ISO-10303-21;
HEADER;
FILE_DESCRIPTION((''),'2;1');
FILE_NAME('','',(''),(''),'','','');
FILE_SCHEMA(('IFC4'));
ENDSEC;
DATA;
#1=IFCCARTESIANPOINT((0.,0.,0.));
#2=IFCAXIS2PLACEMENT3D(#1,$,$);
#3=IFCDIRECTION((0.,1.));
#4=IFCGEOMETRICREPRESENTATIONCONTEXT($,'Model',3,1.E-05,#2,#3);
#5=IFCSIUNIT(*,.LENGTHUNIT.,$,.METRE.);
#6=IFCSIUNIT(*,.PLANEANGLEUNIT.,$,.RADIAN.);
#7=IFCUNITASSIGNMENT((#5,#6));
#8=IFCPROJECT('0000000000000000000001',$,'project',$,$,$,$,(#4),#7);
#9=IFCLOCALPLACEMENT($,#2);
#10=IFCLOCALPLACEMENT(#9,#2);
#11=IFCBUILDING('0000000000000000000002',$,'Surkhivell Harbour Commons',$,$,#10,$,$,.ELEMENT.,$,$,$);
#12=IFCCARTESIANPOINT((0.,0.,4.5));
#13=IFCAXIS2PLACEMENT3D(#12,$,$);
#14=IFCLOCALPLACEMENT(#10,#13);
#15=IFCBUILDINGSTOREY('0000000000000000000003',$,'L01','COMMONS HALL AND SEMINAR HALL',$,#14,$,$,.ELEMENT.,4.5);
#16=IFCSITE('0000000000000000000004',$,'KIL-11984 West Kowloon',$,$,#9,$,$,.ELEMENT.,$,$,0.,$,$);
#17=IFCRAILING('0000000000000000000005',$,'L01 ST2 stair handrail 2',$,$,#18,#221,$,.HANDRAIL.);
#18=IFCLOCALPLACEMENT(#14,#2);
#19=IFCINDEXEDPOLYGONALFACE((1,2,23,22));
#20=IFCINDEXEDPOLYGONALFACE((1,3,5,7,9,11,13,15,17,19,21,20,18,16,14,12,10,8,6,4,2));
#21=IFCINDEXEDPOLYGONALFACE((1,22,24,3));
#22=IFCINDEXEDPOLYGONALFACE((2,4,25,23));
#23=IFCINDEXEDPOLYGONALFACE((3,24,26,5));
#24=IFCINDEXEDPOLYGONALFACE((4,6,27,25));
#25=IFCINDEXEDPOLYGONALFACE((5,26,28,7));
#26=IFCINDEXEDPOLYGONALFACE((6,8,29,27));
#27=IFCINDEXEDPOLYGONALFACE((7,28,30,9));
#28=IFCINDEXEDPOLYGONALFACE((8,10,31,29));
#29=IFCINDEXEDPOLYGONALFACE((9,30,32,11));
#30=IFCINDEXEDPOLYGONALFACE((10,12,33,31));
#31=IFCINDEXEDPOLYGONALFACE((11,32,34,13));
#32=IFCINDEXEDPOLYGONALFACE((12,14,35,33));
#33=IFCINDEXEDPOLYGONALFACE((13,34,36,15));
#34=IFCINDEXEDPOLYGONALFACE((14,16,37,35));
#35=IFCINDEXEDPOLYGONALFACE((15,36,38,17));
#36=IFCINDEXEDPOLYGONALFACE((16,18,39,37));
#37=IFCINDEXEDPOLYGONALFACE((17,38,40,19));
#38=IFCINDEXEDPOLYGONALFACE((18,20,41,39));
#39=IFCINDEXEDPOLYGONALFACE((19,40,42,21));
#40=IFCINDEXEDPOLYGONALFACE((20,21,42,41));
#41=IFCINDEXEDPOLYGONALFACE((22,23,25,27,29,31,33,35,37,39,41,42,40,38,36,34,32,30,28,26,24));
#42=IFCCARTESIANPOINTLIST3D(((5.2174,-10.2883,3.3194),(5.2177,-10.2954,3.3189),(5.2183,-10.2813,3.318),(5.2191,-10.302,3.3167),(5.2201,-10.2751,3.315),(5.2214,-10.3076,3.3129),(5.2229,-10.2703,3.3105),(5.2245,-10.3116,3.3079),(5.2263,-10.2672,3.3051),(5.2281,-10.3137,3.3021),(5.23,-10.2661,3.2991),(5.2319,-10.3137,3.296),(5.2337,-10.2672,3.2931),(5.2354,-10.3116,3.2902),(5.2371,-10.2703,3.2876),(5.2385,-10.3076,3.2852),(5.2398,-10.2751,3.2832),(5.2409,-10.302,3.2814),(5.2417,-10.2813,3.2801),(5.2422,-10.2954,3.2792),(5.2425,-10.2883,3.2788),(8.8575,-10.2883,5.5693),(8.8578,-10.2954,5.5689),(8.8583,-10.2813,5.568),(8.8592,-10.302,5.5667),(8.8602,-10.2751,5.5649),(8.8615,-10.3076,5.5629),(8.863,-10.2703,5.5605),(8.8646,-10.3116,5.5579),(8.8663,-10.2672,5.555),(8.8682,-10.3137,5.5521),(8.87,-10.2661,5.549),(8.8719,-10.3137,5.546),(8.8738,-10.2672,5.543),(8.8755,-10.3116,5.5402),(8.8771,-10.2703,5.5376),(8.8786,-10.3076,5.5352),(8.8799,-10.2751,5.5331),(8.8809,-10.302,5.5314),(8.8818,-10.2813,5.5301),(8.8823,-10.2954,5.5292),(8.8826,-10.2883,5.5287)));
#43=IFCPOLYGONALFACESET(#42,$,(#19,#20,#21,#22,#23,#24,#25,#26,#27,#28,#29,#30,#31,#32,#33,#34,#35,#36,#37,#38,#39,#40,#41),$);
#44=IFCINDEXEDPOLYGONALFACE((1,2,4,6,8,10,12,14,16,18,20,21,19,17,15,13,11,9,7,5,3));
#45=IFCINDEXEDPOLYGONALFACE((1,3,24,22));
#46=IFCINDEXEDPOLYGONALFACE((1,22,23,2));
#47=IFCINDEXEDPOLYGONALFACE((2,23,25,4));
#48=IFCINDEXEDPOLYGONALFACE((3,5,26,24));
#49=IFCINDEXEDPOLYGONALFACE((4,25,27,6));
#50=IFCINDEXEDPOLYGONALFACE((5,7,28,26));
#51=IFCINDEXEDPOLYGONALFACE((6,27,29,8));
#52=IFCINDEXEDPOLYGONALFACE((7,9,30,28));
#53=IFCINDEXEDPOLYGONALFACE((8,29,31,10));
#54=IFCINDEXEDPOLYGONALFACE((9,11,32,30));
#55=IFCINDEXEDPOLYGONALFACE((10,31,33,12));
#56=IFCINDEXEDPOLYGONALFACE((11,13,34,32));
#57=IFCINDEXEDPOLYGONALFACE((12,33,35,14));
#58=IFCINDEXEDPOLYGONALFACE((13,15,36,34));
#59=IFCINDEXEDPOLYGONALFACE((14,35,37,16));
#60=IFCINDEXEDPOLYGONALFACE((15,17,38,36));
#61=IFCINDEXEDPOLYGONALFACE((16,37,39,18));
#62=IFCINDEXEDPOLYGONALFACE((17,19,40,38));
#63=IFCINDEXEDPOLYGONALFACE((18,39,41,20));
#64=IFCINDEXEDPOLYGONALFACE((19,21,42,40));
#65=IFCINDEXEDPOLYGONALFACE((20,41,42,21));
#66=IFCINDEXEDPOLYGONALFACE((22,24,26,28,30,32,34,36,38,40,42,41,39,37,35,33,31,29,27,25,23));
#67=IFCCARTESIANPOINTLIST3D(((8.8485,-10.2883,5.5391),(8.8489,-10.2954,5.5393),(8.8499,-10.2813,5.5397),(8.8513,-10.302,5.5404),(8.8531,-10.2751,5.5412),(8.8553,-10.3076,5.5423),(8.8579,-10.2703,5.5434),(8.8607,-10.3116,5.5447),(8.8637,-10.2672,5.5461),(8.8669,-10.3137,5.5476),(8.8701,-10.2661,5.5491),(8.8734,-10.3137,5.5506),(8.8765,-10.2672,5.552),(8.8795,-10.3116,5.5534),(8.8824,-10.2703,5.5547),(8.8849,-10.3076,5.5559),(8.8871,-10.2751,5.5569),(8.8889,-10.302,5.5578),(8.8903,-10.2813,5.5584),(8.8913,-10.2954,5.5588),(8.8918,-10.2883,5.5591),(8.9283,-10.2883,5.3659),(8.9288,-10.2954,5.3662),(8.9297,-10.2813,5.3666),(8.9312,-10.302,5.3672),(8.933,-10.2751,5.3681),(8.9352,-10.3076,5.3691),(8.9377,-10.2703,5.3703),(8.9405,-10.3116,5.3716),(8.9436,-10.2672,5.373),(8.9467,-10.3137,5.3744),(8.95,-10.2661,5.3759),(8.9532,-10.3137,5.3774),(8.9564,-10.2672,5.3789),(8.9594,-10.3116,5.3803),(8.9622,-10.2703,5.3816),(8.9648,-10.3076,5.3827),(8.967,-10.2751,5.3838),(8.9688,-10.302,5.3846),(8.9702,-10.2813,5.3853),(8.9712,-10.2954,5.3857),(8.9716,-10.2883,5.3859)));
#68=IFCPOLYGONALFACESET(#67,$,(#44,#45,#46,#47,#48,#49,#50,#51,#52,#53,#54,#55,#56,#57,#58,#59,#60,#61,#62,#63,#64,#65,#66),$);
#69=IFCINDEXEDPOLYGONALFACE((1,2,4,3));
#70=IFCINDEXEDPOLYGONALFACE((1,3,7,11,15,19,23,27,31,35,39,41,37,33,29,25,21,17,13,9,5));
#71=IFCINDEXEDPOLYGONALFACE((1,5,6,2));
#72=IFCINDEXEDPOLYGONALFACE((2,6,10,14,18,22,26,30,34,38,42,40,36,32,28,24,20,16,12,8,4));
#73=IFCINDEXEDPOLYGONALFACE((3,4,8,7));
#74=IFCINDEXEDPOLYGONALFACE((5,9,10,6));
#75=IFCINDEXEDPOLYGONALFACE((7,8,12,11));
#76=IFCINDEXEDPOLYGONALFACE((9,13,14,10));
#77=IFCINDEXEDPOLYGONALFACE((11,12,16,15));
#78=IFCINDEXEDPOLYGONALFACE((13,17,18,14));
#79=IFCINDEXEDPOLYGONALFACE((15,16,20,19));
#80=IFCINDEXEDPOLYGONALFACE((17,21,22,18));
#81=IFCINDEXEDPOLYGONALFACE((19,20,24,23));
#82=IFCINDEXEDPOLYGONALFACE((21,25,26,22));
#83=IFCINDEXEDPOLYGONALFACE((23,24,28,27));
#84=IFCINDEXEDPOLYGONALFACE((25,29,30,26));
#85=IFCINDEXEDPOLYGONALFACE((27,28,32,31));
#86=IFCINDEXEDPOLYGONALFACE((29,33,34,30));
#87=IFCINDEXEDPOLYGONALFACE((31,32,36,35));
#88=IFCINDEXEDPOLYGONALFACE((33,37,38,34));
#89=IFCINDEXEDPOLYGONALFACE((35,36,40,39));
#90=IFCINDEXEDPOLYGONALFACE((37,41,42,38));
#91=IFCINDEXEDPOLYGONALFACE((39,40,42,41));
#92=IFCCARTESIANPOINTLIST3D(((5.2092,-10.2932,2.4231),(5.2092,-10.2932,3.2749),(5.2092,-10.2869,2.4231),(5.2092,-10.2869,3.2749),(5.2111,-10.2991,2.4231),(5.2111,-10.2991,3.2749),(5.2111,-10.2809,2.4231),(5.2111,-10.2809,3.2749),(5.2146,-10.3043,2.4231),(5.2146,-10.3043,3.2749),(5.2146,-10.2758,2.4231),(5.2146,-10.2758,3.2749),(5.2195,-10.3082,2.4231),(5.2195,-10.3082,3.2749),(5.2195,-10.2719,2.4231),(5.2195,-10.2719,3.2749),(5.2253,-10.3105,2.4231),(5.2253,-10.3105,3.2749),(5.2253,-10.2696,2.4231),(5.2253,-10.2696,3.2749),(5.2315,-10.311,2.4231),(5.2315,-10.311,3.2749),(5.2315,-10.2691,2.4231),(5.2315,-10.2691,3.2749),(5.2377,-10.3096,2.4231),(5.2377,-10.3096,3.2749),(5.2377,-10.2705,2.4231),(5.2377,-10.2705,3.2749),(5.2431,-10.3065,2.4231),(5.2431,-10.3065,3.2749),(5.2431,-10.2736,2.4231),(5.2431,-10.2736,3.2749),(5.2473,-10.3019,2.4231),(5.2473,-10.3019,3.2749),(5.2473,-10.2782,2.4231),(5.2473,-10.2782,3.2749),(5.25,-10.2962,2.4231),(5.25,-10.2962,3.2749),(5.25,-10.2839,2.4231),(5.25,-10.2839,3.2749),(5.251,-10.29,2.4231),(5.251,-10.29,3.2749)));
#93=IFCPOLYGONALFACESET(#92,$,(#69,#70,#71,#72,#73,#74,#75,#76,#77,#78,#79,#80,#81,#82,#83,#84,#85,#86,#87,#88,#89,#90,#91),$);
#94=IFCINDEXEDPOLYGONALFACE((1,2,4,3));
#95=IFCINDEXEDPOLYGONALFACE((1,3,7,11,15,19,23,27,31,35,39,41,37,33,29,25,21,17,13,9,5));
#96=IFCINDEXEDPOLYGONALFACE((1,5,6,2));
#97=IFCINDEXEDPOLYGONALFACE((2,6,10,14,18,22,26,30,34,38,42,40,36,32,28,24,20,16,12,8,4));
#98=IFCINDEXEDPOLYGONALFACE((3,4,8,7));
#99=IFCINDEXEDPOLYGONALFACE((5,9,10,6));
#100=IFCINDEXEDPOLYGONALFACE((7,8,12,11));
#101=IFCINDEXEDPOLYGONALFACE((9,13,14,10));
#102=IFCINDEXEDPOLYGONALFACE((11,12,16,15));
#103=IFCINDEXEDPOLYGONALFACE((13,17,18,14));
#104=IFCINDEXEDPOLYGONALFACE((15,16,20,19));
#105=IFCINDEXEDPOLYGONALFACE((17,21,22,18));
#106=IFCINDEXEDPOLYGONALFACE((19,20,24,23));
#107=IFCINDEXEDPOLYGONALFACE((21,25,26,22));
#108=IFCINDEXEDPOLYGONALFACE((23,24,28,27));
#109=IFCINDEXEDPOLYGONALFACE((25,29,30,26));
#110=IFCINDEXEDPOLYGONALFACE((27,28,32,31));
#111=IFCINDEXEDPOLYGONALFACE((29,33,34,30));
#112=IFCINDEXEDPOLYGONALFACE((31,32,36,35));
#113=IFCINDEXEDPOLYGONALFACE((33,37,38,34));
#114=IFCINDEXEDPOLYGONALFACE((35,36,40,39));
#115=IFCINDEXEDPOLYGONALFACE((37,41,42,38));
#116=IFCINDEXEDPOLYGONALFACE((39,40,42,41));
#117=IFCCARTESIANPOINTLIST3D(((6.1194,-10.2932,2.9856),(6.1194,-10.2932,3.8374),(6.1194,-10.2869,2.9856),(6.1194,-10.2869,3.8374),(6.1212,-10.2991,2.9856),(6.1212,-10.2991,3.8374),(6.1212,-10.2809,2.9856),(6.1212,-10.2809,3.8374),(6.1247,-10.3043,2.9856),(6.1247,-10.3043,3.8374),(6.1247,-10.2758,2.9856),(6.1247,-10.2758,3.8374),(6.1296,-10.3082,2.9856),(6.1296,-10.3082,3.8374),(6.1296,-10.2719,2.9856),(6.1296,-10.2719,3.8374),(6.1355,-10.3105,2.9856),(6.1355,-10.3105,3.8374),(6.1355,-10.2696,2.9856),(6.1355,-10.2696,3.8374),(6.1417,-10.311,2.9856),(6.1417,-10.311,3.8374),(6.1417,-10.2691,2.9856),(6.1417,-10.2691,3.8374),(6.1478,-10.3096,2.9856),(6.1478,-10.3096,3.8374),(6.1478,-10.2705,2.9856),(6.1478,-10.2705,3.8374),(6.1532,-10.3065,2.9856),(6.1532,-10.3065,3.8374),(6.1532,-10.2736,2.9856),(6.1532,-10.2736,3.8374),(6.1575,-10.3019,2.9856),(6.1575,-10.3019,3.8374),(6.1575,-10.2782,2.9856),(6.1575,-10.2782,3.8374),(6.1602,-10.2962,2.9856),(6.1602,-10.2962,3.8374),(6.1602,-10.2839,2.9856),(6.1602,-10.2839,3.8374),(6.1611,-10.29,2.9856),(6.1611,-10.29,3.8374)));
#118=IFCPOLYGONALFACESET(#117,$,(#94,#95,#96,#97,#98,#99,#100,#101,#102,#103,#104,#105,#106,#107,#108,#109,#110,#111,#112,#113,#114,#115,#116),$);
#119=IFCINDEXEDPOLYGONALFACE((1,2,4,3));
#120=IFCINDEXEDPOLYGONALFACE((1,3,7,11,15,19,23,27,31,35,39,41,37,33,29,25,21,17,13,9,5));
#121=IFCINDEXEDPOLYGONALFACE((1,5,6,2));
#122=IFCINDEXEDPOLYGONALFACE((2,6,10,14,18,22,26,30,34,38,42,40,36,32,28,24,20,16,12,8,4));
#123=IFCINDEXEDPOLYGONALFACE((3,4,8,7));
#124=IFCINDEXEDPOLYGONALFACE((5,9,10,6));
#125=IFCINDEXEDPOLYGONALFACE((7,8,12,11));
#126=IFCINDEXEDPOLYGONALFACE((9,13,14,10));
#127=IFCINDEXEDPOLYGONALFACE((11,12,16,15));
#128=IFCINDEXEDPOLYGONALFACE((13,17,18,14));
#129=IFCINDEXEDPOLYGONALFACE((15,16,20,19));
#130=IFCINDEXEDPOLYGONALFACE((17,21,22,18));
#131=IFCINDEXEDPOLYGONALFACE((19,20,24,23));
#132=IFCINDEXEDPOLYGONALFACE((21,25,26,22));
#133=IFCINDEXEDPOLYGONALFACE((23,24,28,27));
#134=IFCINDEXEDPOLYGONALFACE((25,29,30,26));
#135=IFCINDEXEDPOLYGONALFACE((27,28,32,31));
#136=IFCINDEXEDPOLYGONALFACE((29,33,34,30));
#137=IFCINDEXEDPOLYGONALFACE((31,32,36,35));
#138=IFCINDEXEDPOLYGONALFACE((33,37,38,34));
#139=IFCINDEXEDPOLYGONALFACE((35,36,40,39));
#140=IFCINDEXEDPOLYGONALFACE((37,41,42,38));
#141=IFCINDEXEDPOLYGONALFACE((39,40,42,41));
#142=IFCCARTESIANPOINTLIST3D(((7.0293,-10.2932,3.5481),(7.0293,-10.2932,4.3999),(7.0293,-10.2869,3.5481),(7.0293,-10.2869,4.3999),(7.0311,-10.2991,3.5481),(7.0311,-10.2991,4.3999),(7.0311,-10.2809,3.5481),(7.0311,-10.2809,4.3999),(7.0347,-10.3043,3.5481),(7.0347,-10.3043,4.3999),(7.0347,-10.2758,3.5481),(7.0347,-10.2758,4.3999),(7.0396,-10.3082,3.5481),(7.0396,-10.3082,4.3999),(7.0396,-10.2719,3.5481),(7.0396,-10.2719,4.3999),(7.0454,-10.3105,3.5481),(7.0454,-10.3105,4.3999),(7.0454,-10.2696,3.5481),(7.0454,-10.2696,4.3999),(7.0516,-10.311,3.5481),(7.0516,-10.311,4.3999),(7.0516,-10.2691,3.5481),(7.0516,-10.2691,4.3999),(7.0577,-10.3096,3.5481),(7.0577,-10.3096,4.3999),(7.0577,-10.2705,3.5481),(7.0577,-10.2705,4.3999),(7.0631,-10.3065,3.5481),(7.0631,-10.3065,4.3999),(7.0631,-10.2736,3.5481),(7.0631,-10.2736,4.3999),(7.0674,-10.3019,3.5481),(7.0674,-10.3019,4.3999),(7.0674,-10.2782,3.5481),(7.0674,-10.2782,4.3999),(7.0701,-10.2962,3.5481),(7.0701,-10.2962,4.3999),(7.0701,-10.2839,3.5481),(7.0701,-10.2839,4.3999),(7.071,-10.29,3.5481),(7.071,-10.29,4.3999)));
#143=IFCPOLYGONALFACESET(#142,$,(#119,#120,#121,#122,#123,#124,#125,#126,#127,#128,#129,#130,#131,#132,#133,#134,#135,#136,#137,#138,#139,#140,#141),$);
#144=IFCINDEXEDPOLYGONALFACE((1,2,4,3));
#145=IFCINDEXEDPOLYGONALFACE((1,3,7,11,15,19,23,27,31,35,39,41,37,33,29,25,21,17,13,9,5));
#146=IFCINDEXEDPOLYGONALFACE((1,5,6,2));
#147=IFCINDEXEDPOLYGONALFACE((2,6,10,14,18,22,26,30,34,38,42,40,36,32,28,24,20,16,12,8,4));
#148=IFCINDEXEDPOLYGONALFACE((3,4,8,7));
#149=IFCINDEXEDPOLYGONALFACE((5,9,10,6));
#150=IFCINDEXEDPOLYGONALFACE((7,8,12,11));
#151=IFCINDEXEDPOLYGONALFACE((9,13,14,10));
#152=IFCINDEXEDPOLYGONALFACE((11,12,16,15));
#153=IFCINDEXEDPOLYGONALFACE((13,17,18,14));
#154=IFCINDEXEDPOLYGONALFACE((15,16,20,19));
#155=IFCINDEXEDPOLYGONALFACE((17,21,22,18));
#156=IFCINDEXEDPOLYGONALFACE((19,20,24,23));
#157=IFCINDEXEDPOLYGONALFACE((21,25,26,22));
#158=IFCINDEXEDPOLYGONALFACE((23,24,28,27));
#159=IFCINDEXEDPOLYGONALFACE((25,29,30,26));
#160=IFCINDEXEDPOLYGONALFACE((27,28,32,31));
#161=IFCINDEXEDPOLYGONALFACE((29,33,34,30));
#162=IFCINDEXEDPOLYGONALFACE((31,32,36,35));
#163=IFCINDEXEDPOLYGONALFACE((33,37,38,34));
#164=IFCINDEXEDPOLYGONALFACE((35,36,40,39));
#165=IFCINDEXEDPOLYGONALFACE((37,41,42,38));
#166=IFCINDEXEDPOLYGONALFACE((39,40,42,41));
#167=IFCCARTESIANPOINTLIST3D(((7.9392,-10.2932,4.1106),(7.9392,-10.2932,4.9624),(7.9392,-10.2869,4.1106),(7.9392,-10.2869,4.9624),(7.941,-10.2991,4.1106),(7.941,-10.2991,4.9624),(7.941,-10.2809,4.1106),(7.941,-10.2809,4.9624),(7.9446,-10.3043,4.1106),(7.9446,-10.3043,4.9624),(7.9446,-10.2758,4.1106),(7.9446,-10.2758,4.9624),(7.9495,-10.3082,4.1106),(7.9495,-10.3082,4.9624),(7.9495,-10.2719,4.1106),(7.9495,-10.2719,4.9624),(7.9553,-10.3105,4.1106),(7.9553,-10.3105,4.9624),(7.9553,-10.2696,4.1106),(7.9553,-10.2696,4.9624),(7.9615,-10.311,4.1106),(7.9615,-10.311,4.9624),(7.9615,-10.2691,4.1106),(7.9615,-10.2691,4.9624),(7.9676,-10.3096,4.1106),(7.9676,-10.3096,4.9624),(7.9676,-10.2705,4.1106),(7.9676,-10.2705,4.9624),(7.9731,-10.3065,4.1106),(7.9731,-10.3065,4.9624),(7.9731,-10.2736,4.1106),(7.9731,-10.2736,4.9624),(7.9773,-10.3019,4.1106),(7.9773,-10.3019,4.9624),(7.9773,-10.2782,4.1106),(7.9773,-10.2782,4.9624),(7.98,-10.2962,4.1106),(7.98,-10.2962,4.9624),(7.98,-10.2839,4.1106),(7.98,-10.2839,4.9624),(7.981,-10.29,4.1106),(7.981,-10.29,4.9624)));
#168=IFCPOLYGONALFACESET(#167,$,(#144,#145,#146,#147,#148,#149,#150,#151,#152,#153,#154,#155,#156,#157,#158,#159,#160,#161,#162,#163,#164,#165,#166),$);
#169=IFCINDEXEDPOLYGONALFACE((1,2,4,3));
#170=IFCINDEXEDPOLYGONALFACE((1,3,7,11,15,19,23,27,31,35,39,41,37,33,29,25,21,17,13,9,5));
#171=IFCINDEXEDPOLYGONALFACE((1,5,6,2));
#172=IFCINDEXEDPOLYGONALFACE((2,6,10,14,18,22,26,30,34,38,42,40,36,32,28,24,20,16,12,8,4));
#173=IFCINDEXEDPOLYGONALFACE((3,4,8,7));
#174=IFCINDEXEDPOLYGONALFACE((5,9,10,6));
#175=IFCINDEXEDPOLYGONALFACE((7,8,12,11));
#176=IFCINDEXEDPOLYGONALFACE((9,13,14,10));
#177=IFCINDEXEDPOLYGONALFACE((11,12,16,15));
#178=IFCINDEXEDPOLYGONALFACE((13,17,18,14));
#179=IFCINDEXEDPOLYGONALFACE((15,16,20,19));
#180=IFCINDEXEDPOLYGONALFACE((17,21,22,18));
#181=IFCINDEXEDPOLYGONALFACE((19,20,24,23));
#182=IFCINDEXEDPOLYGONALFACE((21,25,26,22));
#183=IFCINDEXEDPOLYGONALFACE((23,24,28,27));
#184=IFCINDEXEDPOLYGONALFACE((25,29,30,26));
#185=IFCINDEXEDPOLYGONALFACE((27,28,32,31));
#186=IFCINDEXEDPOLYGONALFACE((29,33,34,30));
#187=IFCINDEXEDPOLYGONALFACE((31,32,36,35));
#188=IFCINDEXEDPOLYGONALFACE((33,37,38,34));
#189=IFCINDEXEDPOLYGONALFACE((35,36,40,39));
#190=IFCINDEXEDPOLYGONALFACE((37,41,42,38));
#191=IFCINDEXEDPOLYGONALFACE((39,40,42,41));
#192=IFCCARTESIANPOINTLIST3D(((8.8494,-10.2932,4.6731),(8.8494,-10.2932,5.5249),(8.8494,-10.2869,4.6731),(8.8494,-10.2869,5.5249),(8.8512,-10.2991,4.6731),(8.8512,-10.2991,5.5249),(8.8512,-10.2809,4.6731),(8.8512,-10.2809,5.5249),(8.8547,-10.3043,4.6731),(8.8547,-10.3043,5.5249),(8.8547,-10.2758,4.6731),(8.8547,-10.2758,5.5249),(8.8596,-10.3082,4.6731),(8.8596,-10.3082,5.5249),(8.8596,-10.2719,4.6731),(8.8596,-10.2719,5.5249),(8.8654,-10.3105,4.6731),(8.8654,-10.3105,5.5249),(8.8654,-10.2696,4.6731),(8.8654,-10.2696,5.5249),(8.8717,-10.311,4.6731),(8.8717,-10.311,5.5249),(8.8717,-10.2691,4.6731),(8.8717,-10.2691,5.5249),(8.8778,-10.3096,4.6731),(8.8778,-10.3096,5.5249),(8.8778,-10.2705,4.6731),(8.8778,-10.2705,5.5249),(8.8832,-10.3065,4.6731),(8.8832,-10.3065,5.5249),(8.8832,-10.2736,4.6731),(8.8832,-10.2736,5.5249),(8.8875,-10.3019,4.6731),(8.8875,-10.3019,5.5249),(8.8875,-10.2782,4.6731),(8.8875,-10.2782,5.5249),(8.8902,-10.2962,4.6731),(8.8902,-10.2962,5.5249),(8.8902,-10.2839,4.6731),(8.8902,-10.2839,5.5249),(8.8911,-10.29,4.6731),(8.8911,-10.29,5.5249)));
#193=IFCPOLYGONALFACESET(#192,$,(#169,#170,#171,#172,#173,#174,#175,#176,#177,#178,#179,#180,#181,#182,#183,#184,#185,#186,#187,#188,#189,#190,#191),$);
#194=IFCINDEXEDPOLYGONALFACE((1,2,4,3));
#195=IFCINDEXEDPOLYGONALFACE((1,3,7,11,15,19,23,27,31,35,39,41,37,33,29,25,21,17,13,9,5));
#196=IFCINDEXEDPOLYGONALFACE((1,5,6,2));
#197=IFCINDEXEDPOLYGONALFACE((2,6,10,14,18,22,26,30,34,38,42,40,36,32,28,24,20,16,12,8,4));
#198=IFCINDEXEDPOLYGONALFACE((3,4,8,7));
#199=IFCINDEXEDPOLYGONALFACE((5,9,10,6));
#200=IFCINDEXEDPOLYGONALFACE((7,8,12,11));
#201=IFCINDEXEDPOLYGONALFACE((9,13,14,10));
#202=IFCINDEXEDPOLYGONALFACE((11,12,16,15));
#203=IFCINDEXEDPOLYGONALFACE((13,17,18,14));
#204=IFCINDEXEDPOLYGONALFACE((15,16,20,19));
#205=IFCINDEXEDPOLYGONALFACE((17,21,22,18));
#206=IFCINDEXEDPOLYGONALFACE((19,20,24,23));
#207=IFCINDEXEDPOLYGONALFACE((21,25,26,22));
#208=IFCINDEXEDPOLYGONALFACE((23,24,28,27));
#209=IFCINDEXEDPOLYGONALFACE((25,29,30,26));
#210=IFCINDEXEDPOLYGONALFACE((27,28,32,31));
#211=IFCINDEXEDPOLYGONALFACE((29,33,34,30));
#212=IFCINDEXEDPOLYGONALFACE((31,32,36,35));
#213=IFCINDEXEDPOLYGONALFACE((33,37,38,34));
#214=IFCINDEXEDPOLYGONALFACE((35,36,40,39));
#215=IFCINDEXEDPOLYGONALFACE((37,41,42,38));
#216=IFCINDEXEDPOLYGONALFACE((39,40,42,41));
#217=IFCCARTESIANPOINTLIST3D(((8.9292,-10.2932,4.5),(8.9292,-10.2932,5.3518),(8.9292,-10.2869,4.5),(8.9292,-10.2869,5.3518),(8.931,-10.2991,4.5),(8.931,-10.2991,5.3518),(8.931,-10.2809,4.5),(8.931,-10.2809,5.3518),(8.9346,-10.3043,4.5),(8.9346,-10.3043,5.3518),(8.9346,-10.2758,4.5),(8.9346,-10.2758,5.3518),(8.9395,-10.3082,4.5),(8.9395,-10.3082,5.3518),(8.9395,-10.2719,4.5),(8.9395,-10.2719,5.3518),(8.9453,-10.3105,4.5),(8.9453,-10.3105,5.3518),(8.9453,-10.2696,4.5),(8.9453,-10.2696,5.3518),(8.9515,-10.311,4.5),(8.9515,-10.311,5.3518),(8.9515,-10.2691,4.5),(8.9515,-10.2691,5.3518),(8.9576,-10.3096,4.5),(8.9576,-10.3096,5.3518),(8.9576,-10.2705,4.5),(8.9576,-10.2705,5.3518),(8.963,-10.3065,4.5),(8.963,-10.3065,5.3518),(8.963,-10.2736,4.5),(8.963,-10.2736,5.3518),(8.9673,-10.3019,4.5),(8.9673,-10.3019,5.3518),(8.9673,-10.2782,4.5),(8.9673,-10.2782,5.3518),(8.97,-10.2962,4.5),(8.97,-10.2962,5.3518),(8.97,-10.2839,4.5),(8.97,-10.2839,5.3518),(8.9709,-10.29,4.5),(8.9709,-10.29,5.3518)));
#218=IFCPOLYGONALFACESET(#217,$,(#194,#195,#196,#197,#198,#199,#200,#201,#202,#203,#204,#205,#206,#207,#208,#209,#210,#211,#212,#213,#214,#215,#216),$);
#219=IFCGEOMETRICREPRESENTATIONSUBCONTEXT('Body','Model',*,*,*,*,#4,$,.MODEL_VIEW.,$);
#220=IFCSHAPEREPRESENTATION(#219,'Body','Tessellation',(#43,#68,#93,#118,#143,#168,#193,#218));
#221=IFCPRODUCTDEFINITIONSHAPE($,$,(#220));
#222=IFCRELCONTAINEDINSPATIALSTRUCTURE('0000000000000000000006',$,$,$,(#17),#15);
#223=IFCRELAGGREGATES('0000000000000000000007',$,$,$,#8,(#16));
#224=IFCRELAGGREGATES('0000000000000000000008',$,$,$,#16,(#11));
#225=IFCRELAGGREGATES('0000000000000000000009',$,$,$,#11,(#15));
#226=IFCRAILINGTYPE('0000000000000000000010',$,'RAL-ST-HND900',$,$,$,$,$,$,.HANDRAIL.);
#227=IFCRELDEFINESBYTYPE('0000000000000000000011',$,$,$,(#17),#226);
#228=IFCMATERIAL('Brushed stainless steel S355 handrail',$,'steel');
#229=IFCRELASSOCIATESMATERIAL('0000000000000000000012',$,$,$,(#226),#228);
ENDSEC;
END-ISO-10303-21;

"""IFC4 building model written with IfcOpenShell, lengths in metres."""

from ifc_helpers import new_model, si_unit, direction, frame, origin, origin_2d, place, context, subcontext, project, spatial, circle, extrude, material, type_object, element, save


model = new_model("IFC4")

# Units and contexts
model_context = context("Model", 3, precision=1e-05, world=origin(), true_north=direction((0.0, 1.0)))
body_context = subcontext(model_context, "Body", "Model", "MODEL_VIEW")
ifc_project = project(units=[si_unit("LENGTHUNIT", "METRE"), si_unit("PLANEANGLEUNIT", "RADIAN")], contexts=[model_context])

# Site, building, storey
site_placement = place(None, origin())
site = spatial("IfcSite", under=ifc_project, at=site_placement, Name="KIL-11984 West Kowloon", CompositionType="ELEMENT", RefElevation=0.0)
building_placement = place(site_placement, origin())
building = spatial("IfcBuilding", under=site, at=building_placement, Name="Surkhivell Harbour Commons", CompositionType="ELEMENT")
storey_placement = place(building_placement, frame((0.0, 0.0, 4.5)))
storey = spatial("IfcBuildingStorey", under=building, at=storey_placement, Name="L01", Description="COMMONS HALL AND SEMINAR HALL", CompositionType="ELEMENT", Elevation=4.5)

# Railing
ifc_material_1 = material(Name="Brushed stainless steel S355 handrail", Category="steel")
railing_type_1 = type_object("IfcRailingType", Name="RAL-ST-HND900", PredefinedType="HANDRAIL", material=ifc_material_1)
railing_1_placement = place(storey_placement, frame((5.23, -10.29, 2.4231)))
element("IfcRailing", 1, at=railing_1_placement, inside=storey, type_object=railing_type_1, Name="L01 ST2 stair handrail 2", PredefinedType="HANDRAIL", context=body_context, shape_type="SweptSolid", body=[
    extrude(circle(Radius=0.0239, at=origin_2d()), frame((0.0, 0.0, 0.876), z_axis=(0.850622, 0.0, 0.525777), x_axis=(0.0, 1.0, 0.0)), (0.0, 0.0, 1.0), 4.2793),
    extrude(circle(Radius=0.0239, at=origin_2d()), frame((3.6401, 0.0, 3.126), z_axis=(0.418815, 0.0, -0.908072), x_axis=(0.0, 1.0, 0.0)), (0.0, 0.0, 1.0), 0.1907),
    extrude(circle(Radius=0.021, at=origin_2d()), origin(), (0.0, 0.0, 1.0), 0.8518),
    extrude(circle(Radius=0.021, at=origin_2d()), frame((0.9102, 0.0, 0.5625)), (0.0, 0.0, 1.0), 0.8518),
    extrude(circle(Radius=0.021, at=origin_2d()), frame((1.8201, 0.0, 1.125)), (0.0, 0.0, 1.0), 0.8518),
    extrude(circle(Radius=0.021, at=origin_2d()), frame((2.73, 0.0, 1.6875)), (0.0, 0.0, 1.0), 0.8518),
    extrude(circle(Radius=0.021, at=origin_2d()), frame((3.6401, 0.0, 2.25)), (0.0, 0.0, 1.0), 0.8518),
    extrude(circle(Radius=0.021, at=origin_2d()), frame((3.72, 0.0, 2.0769)), (0.0, 0.0, 1.0), 0.8518),
])

save(model, "model.ifc")
